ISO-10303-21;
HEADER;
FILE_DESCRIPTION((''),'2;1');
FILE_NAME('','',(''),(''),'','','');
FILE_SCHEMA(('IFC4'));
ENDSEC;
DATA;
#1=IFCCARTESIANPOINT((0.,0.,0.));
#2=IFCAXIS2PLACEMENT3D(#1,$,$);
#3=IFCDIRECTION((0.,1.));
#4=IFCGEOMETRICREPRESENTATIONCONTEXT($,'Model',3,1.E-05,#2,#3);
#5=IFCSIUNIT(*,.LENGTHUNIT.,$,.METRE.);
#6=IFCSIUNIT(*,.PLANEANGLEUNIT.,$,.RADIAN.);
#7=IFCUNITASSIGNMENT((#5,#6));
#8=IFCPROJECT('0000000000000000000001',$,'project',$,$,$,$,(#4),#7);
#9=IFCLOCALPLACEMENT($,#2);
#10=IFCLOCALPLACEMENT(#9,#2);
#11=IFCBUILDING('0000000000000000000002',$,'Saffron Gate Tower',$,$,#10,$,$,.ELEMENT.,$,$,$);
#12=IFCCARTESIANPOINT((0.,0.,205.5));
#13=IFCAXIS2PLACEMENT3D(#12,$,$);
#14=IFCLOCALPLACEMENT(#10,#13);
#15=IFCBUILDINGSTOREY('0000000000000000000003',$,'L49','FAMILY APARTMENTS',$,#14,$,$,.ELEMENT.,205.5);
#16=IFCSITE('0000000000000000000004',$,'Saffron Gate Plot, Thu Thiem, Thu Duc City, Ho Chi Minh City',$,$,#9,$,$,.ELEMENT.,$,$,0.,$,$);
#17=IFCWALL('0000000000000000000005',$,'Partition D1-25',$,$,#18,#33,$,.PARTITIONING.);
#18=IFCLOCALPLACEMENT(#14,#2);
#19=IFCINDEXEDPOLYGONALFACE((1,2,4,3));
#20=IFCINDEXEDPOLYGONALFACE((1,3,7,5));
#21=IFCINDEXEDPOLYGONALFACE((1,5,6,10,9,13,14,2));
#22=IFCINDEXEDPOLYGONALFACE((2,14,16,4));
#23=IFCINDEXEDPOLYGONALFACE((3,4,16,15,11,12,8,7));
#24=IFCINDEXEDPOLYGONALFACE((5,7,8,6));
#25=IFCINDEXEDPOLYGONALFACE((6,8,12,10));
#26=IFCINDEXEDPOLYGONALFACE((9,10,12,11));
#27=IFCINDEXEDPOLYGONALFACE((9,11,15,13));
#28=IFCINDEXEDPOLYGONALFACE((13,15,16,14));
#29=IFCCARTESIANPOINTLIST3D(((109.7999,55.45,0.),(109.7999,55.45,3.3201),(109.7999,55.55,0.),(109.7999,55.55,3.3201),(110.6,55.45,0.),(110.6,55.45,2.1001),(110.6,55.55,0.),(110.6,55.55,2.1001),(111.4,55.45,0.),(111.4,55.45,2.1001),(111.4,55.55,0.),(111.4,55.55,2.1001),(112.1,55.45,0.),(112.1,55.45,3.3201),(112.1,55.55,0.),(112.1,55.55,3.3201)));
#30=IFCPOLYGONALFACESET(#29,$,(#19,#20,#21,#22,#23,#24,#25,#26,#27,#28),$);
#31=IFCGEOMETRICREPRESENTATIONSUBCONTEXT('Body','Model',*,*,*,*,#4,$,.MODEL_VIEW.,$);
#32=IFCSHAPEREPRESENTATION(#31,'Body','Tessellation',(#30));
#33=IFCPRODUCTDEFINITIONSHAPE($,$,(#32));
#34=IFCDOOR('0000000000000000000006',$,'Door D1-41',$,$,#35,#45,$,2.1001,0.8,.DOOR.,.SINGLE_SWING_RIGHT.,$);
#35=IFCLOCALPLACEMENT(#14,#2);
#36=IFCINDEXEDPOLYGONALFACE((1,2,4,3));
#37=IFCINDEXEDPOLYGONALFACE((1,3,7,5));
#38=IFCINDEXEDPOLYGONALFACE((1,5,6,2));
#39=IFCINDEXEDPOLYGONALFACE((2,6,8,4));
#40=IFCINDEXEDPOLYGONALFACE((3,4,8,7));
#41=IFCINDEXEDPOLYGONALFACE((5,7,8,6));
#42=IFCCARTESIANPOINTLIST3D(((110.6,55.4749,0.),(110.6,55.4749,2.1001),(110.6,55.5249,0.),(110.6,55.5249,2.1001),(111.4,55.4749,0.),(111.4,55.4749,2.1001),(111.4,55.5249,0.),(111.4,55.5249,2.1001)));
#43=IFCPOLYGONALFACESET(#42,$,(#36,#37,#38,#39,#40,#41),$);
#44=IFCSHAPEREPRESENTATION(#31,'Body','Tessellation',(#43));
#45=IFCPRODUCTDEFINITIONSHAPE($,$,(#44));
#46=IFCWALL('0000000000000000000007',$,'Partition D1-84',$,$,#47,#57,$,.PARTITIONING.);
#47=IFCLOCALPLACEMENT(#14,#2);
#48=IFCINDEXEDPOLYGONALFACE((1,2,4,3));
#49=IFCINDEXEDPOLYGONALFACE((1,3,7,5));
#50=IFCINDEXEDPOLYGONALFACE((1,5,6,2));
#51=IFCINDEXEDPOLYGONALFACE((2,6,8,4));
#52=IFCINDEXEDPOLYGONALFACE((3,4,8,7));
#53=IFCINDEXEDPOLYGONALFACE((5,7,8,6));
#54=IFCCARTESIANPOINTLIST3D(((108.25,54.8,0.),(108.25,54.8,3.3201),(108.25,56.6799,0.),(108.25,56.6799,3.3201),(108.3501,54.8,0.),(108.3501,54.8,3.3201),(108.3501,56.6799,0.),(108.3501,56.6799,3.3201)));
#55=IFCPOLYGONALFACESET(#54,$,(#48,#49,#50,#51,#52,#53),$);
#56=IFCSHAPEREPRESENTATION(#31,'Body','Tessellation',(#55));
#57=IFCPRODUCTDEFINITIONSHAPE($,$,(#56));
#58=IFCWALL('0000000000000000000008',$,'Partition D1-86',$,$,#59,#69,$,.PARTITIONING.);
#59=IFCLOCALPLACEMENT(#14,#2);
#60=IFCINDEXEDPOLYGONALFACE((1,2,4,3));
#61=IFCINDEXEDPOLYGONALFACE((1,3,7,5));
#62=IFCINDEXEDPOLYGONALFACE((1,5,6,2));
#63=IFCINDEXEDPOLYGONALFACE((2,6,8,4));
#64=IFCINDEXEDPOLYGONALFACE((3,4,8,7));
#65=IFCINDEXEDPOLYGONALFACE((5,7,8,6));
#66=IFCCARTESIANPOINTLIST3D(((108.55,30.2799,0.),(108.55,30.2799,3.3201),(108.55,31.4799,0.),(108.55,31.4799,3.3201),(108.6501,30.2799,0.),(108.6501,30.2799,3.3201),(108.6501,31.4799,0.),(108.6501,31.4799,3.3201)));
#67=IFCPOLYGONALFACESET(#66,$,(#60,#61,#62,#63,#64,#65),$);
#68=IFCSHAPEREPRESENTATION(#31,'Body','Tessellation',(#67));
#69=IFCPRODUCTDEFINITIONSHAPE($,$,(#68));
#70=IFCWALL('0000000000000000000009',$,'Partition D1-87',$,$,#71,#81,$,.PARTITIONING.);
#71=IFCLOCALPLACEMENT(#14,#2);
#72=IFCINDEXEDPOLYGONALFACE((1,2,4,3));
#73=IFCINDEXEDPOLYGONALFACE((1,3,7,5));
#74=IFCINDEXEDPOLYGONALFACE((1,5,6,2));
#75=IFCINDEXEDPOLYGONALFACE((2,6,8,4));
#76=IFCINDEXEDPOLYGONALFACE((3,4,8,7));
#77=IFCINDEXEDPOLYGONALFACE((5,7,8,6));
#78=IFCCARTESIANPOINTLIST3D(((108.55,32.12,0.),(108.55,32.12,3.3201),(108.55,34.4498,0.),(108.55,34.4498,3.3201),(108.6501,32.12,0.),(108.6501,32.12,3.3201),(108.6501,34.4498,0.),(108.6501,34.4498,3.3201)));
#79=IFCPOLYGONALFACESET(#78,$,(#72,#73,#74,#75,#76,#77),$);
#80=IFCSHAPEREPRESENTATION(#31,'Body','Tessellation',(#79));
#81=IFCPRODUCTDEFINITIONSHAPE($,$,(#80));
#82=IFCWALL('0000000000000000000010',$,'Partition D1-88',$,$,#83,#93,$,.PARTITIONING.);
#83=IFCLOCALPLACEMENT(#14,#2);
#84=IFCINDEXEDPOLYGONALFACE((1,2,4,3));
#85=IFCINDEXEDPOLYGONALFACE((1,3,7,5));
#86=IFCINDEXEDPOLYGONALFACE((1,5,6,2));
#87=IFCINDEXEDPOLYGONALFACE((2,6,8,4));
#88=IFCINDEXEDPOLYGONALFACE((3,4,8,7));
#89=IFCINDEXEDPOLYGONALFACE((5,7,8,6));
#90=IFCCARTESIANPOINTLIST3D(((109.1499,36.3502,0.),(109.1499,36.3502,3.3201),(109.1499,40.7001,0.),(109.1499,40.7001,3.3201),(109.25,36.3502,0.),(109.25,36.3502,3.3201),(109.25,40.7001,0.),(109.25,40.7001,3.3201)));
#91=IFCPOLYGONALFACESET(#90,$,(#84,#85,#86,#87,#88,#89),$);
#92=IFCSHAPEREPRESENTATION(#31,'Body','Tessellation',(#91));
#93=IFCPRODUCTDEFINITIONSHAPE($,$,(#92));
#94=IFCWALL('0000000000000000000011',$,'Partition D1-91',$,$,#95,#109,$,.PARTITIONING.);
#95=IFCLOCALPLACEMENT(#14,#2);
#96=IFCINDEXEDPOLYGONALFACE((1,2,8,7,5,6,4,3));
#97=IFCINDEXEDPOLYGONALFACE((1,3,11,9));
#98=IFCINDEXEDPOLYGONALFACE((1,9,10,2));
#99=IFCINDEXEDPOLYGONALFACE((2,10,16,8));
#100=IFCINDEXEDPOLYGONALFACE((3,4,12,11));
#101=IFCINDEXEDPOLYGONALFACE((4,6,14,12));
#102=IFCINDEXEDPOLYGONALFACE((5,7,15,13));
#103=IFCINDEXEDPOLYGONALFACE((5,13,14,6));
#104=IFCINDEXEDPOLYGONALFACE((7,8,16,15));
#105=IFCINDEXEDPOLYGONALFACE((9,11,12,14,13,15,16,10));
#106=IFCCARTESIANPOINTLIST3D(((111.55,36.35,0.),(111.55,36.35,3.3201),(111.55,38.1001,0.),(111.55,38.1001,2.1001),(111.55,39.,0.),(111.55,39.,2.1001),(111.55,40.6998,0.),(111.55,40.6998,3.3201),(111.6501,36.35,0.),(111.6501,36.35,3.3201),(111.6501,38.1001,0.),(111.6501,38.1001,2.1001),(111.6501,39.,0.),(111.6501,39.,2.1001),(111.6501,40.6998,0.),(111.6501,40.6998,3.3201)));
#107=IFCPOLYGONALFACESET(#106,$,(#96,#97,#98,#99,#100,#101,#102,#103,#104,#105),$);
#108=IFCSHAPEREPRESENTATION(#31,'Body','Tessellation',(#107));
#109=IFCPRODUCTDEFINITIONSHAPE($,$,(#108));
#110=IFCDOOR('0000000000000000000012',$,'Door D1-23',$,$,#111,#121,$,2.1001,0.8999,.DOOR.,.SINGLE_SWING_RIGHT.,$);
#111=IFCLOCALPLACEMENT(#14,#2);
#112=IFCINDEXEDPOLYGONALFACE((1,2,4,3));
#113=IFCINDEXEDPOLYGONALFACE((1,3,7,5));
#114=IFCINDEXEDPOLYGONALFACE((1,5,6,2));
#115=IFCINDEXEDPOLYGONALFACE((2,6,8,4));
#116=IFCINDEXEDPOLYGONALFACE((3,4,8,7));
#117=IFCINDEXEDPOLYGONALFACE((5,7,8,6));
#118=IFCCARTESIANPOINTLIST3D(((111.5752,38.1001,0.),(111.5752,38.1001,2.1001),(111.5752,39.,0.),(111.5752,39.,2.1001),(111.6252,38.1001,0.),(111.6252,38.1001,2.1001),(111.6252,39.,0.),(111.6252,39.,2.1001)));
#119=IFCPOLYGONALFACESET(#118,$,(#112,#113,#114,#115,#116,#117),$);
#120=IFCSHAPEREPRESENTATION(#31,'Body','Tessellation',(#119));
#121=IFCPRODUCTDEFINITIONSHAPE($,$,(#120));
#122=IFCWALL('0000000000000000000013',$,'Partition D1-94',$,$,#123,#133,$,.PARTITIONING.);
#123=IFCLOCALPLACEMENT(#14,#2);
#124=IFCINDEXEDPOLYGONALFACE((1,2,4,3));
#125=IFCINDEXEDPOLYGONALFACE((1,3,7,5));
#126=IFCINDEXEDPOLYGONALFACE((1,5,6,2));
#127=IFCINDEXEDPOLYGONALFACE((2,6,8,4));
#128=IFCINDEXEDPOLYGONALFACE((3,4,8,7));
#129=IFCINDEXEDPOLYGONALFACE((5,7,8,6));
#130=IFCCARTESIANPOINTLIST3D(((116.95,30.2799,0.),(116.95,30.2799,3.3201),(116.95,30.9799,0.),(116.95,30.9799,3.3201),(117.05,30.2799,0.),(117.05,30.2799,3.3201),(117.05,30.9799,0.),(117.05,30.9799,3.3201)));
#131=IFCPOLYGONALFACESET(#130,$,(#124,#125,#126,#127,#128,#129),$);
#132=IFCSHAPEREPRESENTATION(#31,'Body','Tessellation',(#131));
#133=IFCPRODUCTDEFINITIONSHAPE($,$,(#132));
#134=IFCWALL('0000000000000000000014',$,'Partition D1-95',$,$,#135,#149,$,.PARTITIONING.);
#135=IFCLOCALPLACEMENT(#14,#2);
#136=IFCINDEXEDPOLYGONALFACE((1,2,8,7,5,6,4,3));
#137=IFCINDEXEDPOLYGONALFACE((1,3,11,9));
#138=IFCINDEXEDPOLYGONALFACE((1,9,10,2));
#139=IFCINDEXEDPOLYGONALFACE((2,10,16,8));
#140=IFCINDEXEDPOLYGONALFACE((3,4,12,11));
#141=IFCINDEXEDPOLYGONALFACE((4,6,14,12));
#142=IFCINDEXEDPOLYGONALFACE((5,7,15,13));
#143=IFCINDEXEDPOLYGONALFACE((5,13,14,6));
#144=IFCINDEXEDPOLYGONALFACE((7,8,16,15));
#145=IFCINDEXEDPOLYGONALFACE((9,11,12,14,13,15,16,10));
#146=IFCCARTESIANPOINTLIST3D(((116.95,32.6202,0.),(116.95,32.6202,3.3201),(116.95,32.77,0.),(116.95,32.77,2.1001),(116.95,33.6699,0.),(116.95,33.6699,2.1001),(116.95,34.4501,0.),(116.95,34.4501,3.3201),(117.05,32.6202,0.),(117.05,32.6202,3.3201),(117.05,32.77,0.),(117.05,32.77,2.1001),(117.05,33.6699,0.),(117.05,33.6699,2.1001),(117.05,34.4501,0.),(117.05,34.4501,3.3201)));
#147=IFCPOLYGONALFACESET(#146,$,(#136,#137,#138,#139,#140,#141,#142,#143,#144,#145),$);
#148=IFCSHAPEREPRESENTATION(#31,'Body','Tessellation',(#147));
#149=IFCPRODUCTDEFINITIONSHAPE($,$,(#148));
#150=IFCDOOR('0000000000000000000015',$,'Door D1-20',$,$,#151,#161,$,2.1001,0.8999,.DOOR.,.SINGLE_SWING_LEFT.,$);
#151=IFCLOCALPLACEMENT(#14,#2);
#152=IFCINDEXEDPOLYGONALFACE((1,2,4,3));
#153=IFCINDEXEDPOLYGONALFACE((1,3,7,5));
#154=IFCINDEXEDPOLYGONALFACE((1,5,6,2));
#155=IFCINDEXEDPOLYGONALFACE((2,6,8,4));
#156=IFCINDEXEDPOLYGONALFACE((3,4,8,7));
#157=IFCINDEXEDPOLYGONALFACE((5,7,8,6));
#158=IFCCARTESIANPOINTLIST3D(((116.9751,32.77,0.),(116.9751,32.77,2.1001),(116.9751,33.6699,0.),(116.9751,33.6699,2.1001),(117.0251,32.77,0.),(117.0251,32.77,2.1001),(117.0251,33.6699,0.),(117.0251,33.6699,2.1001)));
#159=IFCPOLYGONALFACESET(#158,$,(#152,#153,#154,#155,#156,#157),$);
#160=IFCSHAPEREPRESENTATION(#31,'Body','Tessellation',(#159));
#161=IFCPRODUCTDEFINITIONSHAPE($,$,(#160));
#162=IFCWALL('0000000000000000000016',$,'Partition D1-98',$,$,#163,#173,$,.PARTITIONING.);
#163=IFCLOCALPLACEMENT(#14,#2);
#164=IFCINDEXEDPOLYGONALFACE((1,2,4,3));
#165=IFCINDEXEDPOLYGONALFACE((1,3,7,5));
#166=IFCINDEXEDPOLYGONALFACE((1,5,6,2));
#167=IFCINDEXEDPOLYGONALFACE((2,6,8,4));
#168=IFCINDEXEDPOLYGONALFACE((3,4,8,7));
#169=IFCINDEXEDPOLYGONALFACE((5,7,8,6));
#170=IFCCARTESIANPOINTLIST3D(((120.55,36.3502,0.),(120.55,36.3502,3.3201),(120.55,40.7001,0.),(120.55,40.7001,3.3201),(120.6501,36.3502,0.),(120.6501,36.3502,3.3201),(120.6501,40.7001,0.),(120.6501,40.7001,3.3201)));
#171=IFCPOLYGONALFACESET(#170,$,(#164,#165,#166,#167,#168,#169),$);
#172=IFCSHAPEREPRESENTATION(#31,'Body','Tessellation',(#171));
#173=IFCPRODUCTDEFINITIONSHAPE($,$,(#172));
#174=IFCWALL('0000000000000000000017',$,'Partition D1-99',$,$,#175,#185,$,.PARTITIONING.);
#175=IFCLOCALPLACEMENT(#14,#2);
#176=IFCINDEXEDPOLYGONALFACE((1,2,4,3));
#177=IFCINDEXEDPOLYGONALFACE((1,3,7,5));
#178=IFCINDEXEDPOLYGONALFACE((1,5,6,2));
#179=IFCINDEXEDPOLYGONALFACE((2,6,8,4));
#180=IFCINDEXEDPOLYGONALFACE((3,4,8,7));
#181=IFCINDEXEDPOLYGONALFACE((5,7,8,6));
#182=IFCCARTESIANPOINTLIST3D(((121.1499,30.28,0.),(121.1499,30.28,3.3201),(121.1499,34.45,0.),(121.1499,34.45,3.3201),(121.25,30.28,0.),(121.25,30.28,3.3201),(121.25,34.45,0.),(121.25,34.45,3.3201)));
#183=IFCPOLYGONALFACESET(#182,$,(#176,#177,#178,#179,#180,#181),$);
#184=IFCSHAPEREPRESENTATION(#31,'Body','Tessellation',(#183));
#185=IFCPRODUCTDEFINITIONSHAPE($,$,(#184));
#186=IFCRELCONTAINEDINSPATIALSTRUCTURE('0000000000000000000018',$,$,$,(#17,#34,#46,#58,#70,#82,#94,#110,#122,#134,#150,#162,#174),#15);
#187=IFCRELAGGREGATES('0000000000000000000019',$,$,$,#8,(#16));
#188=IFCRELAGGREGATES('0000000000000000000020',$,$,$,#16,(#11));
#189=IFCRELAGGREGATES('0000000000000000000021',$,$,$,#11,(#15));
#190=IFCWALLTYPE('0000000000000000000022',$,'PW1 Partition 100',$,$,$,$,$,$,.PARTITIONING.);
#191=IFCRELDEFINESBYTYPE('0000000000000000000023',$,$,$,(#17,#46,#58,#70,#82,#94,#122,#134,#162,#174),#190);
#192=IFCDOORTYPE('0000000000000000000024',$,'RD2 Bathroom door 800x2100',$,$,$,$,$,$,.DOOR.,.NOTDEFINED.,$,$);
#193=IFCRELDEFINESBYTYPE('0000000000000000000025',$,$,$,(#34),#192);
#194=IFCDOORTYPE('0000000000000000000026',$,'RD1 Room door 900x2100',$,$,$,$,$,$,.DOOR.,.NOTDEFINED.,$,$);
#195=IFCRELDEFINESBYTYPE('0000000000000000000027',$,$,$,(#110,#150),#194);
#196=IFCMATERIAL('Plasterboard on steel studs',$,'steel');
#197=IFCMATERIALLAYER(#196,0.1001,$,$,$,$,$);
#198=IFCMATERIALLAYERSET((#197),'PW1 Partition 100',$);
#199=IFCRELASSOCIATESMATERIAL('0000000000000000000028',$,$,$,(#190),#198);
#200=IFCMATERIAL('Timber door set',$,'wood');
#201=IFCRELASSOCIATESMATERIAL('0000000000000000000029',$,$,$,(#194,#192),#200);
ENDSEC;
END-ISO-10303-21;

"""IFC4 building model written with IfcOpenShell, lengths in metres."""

from ifc_helpers import new_model, si_unit, direction, frame, frame_2d, origin, place, context, subcontext, project, spatial, rectangle, extrude, material, layer, layer_set, type_object, element, fill, save


model = new_model("IFC4")

# Units and contexts
model_context = context("Model", 3, precision=1e-05, world=origin(), true_north=direction((0.0, 1.0)))
body_context = subcontext(model_context, "Body", "Model", "MODEL_VIEW")
ifc_project = project(units=[si_unit("LENGTHUNIT", "METRE"), si_unit("PLANEANGLEUNIT", "RADIAN")], contexts=[model_context])

# Site, building, storey
site_placement = place(None, origin())
site = spatial("IfcSite", under=ifc_project, at=site_placement, Name="Saffron Gate Plot, Thu Thiem, Thu Duc City, Ho Chi Minh City", CompositionType="ELEMENT", RefElevation=0.0)
building_placement = place(site_placement, origin())
building = spatial("IfcBuilding", under=site, at=building_placement, Name="Saffron Gate Tower", CompositionType="ELEMENT")
storey_placement = place(building_placement, frame((0.0, 0.0, 205.5)))
storey = spatial("IfcBuildingStorey", under=building, at=storey_placement, Name="L49", Description="FAMILY APARTMENTS", CompositionType="ELEMENT", Elevation=205.5)

# Wall, opening, door
ifc_material_1 = material(Name="Plasterboard on steel studs", Category="steel")
ifc_layer_1 = layer(ifc_material_1, 0.1001)
ifc_layer_set_1 = layer_set([ifc_layer_1], Name="PW1 Partition 100")
wall_type_1 = type_object("IfcWallType", Name="PW1 Partition 100", PredefinedType="PARTITIONING", material=ifc_layer_set_1)
ifc_material_2 = material(Name="Timber door set", Category="wood")
door_type_1 = type_object("IfcDoorType", Name="RD1 Room door 900x2100", OperationType="NOTDEFINED", PredefinedType="DOOR", material=ifc_material_2)
wall_1_placement = place(storey_placement, frame((109.8, 55.5, 0.0), z_axis=(0.0, 0.0, 1.0), x_axis=(1.0, 0.0, 0.0)))
wall_1 = element("IfcWall", 1, at=wall_1_placement, inside=storey, type_object=wall_type_1, Name="Partition D1-25", PredefinedType="PARTITIONING", context=body_context, shape_type="SweptSolid", body=[
    extrude(rectangle(XDim=2.3, YDim=0.1001, at=frame_2d((1.1499, 0.0))), origin(), (0.0, 0.0, 1.0), 3.3201),
])
opening_1_placement = place(wall_1_placement, frame((0.8, 0.0, 0.0)))
opening_1 = element("IfcOpeningElement", 2, at=opening_1_placement, cuts=wall_1, PredefinedType="OPENING", context=body_context, shape_type="SweptSolid", body=[
    extrude(rectangle(XDim=0.8, YDim=2.1001, at=frame_2d((0.3999, 1.05))), frame((0.0, 0.0601, 0.0), z_axis=(0.0, -1.0, 0.0), x_axis=(1.0, 0.0, 0.0)), (0.0, 0.0, 1.0), 0.1201),
])
door_type_2 = type_object("IfcDoorType", Name="RD2 Bathroom door 800x2100", OperationType="NOTDEFINED", PredefinedType="DOOR", material=ifc_material_2)
door_1_placement = place(opening_1_placement, origin())
door_1 = element("IfcDoor", 3, at=door_1_placement, inside=storey, type_object=door_type_2, Name="Door D1-41", OperationType="SINGLE_SWING_RIGHT", OverallHeight=2.1001, OverallWidth=0.8, PredefinedType="DOOR", context=body_context, shape_type="SweptSolid", body=[
    extrude(rectangle(XDim=0.8, YDim=2.1001, at=frame_2d((0.3999, 1.05))), frame((0.0, 0.0249, 0.0), z_axis=(0.0, -1.0, 0.0), x_axis=(1.0, 0.0, 0.0)), (0.0, 0.0, 1.0), 0.05),
])
fill(opening_1, door_1)

# Walls
wall_2_placement = place(storey_placement, frame((108.3, 56.6799, 0.0), z_axis=(0.0, 0.0, 1.0), x_axis=(0.0, -1.0, 0.0)))
element("IfcWall", 4, at=wall_2_placement, inside=storey, type_object=wall_type_1, Name="Partition D1-84", PredefinedType="PARTITIONING", context=body_context, shape_type="SweptSolid", body=[
    extrude(rectangle(XDim=1.8799, YDim=0.1001, at=frame_2d((0.9399, 0.0))), origin(), (0.0, 0.0, 1.0), 3.3201),
])
wall_3_placement = place(storey_placement, frame((108.6001, 31.48, 0.0), z_axis=(0.0, 0.0, 1.0), x_axis=(0.0, -1.0, 0.0)))
element("IfcWall", 5, at=wall_3_placement, inside=storey, type_object=wall_type_1, Name="Partition D1-86", PredefinedType="PARTITIONING", context=body_context, shape_type="SweptSolid", body=[
    extrude(rectangle(XDim=1.2, YDim=0.1001, at=frame_2d((0.6001, 0.0))), origin(), (0.0, 0.0, 1.0), 3.3201),
])
wall_4_placement = place(storey_placement, frame((108.6001, 34.45, 0.0), z_axis=(0.0, 0.0, 1.0), x_axis=(0.0, -1.0, 0.0)))
element("IfcWall", 6, at=wall_4_placement, inside=storey, type_object=wall_type_1, Name="Partition D1-87", PredefinedType="PARTITIONING", context=body_context, shape_type="SweptSolid", body=[
    extrude(rectangle(XDim=2.3298, YDim=0.1001, at=frame_2d((1.165, 0.0))), origin(), (0.0, 0.0, 1.0), 3.3201),
])
wall_5_placement = place(storey_placement, frame((109.2, 40.7, 0.0), z_axis=(0.0, 0.0, 1.0), x_axis=(0.0, -1.0, 0.0)))
element("IfcWall", 7, at=wall_5_placement, inside=storey, type_object=wall_type_1, Name="Partition D1-88", PredefinedType="PARTITIONING", context=body_context, shape_type="SweptSolid", body=[
    extrude(rectangle(XDim=4.3499, YDim=0.1001, at=frame_2d((2.1748, 0.0))), origin(), (0.0, 0.0, 1.0), 3.3201),
])

# Wall, opening, door
wall_6_placement = place(storey_placement, frame((111.6001, 36.3501, 0.0), z_axis=(0.0, 0.0, 1.0), x_axis=(0.0, 1.0, 0.0)))
wall_6 = element("IfcWall", 8, at=wall_6_placement, inside=storey, type_object=wall_type_1, Name="Partition D1-91", PredefinedType="PARTITIONING", context=body_context, shape_type="SweptSolid", body=[
    extrude(rectangle(XDim=4.3499, YDim=0.1001, at=frame_2d((2.1748, 0.0))), origin(), (0.0, 0.0, 1.0), 3.3201),
])
opening_2_placement = place(wall_6_placement, frame((1.75, 0.0, 0.0)))
opening_2 = element("IfcOpeningElement", 9, at=opening_2_placement, cuts=wall_6, PredefinedType="OPENING", context=body_context, shape_type="SweptSolid", body=[
    extrude(rectangle(XDim=0.8999, YDim=2.1001, at=frame_2d((0.45, 1.05))), frame((0.0, 0.0601, 0.0), z_axis=(0.0, -1.0, 0.0), x_axis=(1.0, 0.0, 0.0)), (0.0, 0.0, 1.0), 0.1201),
])
door_2_placement = place(opening_2_placement, origin())
door_2 = element("IfcDoor", 10, at=door_2_placement, inside=storey, type_object=door_type_1, Name="Door D1-23", OperationType="SINGLE_SWING_RIGHT", OverallHeight=2.1001, OverallWidth=0.8999, PredefinedType="DOOR", context=body_context, shape_type="SweptSolid", body=[
    extrude(rectangle(XDim=0.8999, YDim=2.1001, at=frame_2d((0.45, 1.05))), frame((0.0, 0.0249, 0.0), z_axis=(0.0, -1.0, 0.0), x_axis=(1.0, 0.0, 0.0)), (0.0, 0.0, 1.0), 0.05),
])
fill(opening_2, door_2)

# Wall
wall_7_placement = place(storey_placement, frame((117.0, 30.98, 0.0), z_axis=(0.0, 0.0, 1.0), x_axis=(0.0, -1.0, 0.0)))
element("IfcWall", 11, at=wall_7_placement, inside=storey, type_object=wall_type_1, Name="Partition D1-94", PredefinedType="PARTITIONING", context=body_context, shape_type="SweptSolid", body=[
    extrude(rectangle(XDim=0.7, YDim=0.1001, at=frame_2d((0.3501, 0.0))), origin(), (0.0, 0.0, 1.0), 3.3201),
])

# Wall, opening, door
wall_8_placement = place(storey_placement, frame((117.0, 32.6201, 0.0), z_axis=(0.0, 0.0, 1.0), x_axis=(0.0, 1.0, 0.0)))
wall_8 = element("IfcWall", 12, at=wall_8_placement, inside=storey, type_object=wall_type_1, Name="Partition D1-95", PredefinedType="PARTITIONING", context=body_context, shape_type="SweptSolid", body=[
    extrude(rectangle(XDim=1.8298, YDim=0.1001, at=frame_2d((0.915, 0.0))), origin(), (0.0, 0.0, 1.0), 3.3201),
])
opening_3_placement = place(wall_8_placement, frame((0.1499, 0.0, 0.0)))
opening_3 = element("IfcOpeningElement", 13, at=opening_3_placement, cuts=wall_8, PredefinedType="OPENING", context=body_context, shape_type="SweptSolid", body=[
    extrude(rectangle(XDim=0.8999, YDim=2.1001, at=frame_2d((0.45, 1.05))), frame((0.0, 0.0601, 0.0), z_axis=(0.0, -1.0, 0.0), x_axis=(1.0, 0.0, 0.0)), (0.0, 0.0, 1.0), 0.1201),
])
door_3_placement = place(opening_3_placement, origin())
door_3 = element("IfcDoor", 14, at=door_3_placement, inside=storey, type_object=door_type_1, Name="Door D1-20", OperationType="SINGLE_SWING_LEFT", OverallHeight=2.1001, OverallWidth=0.8999, PredefinedType="DOOR", context=body_context, shape_type="SweptSolid", body=[
    extrude(rectangle(XDim=0.8999, YDim=2.1001, at=frame_2d((0.45, 1.05))), frame((0.0, 0.0249, 0.0), z_axis=(0.0, -1.0, 0.0), x_axis=(1.0, 0.0, 0.0)), (0.0, 0.0, 1.0), 0.05),
])
fill(opening_3, door_3)

# Walls
wall_9_placement = place(storey_placement, frame((120.6001, 40.7, 0.0), z_axis=(0.0, 0.0, 1.0), x_axis=(0.0, -1.0, 0.0)))
element("IfcWall", 15, at=wall_9_placement, inside=storey, type_object=wall_type_1, Name="Partition D1-98", PredefinedType="PARTITIONING", context=body_context, shape_type="SweptSolid", body=[
    extrude(rectangle(XDim=4.3499, YDim=0.1001, at=frame_2d((2.1748, 0.0))), origin(), (0.0, 0.0, 1.0), 3.3201),
])
wall_10_placement = place(storey_placement, frame((121.2, 34.45, 0.0), z_axis=(0.0, 0.0, 1.0), x_axis=(0.0, -1.0, 0.0)))
element("IfcWall", 16, at=wall_10_placement, inside=storey, type_object=wall_type_1, Name="Partition D1-99", PredefinedType="PARTITIONING", context=body_context, shape_type="SweptSolid", body=[
    extrude(rectangle(XDim=4.1699, YDim=0.1001, at=frame_2d((2.085, 0.0))), origin(), (0.0, 0.0, 1.0), 3.3201),
])

save(model, "model.ifc")
